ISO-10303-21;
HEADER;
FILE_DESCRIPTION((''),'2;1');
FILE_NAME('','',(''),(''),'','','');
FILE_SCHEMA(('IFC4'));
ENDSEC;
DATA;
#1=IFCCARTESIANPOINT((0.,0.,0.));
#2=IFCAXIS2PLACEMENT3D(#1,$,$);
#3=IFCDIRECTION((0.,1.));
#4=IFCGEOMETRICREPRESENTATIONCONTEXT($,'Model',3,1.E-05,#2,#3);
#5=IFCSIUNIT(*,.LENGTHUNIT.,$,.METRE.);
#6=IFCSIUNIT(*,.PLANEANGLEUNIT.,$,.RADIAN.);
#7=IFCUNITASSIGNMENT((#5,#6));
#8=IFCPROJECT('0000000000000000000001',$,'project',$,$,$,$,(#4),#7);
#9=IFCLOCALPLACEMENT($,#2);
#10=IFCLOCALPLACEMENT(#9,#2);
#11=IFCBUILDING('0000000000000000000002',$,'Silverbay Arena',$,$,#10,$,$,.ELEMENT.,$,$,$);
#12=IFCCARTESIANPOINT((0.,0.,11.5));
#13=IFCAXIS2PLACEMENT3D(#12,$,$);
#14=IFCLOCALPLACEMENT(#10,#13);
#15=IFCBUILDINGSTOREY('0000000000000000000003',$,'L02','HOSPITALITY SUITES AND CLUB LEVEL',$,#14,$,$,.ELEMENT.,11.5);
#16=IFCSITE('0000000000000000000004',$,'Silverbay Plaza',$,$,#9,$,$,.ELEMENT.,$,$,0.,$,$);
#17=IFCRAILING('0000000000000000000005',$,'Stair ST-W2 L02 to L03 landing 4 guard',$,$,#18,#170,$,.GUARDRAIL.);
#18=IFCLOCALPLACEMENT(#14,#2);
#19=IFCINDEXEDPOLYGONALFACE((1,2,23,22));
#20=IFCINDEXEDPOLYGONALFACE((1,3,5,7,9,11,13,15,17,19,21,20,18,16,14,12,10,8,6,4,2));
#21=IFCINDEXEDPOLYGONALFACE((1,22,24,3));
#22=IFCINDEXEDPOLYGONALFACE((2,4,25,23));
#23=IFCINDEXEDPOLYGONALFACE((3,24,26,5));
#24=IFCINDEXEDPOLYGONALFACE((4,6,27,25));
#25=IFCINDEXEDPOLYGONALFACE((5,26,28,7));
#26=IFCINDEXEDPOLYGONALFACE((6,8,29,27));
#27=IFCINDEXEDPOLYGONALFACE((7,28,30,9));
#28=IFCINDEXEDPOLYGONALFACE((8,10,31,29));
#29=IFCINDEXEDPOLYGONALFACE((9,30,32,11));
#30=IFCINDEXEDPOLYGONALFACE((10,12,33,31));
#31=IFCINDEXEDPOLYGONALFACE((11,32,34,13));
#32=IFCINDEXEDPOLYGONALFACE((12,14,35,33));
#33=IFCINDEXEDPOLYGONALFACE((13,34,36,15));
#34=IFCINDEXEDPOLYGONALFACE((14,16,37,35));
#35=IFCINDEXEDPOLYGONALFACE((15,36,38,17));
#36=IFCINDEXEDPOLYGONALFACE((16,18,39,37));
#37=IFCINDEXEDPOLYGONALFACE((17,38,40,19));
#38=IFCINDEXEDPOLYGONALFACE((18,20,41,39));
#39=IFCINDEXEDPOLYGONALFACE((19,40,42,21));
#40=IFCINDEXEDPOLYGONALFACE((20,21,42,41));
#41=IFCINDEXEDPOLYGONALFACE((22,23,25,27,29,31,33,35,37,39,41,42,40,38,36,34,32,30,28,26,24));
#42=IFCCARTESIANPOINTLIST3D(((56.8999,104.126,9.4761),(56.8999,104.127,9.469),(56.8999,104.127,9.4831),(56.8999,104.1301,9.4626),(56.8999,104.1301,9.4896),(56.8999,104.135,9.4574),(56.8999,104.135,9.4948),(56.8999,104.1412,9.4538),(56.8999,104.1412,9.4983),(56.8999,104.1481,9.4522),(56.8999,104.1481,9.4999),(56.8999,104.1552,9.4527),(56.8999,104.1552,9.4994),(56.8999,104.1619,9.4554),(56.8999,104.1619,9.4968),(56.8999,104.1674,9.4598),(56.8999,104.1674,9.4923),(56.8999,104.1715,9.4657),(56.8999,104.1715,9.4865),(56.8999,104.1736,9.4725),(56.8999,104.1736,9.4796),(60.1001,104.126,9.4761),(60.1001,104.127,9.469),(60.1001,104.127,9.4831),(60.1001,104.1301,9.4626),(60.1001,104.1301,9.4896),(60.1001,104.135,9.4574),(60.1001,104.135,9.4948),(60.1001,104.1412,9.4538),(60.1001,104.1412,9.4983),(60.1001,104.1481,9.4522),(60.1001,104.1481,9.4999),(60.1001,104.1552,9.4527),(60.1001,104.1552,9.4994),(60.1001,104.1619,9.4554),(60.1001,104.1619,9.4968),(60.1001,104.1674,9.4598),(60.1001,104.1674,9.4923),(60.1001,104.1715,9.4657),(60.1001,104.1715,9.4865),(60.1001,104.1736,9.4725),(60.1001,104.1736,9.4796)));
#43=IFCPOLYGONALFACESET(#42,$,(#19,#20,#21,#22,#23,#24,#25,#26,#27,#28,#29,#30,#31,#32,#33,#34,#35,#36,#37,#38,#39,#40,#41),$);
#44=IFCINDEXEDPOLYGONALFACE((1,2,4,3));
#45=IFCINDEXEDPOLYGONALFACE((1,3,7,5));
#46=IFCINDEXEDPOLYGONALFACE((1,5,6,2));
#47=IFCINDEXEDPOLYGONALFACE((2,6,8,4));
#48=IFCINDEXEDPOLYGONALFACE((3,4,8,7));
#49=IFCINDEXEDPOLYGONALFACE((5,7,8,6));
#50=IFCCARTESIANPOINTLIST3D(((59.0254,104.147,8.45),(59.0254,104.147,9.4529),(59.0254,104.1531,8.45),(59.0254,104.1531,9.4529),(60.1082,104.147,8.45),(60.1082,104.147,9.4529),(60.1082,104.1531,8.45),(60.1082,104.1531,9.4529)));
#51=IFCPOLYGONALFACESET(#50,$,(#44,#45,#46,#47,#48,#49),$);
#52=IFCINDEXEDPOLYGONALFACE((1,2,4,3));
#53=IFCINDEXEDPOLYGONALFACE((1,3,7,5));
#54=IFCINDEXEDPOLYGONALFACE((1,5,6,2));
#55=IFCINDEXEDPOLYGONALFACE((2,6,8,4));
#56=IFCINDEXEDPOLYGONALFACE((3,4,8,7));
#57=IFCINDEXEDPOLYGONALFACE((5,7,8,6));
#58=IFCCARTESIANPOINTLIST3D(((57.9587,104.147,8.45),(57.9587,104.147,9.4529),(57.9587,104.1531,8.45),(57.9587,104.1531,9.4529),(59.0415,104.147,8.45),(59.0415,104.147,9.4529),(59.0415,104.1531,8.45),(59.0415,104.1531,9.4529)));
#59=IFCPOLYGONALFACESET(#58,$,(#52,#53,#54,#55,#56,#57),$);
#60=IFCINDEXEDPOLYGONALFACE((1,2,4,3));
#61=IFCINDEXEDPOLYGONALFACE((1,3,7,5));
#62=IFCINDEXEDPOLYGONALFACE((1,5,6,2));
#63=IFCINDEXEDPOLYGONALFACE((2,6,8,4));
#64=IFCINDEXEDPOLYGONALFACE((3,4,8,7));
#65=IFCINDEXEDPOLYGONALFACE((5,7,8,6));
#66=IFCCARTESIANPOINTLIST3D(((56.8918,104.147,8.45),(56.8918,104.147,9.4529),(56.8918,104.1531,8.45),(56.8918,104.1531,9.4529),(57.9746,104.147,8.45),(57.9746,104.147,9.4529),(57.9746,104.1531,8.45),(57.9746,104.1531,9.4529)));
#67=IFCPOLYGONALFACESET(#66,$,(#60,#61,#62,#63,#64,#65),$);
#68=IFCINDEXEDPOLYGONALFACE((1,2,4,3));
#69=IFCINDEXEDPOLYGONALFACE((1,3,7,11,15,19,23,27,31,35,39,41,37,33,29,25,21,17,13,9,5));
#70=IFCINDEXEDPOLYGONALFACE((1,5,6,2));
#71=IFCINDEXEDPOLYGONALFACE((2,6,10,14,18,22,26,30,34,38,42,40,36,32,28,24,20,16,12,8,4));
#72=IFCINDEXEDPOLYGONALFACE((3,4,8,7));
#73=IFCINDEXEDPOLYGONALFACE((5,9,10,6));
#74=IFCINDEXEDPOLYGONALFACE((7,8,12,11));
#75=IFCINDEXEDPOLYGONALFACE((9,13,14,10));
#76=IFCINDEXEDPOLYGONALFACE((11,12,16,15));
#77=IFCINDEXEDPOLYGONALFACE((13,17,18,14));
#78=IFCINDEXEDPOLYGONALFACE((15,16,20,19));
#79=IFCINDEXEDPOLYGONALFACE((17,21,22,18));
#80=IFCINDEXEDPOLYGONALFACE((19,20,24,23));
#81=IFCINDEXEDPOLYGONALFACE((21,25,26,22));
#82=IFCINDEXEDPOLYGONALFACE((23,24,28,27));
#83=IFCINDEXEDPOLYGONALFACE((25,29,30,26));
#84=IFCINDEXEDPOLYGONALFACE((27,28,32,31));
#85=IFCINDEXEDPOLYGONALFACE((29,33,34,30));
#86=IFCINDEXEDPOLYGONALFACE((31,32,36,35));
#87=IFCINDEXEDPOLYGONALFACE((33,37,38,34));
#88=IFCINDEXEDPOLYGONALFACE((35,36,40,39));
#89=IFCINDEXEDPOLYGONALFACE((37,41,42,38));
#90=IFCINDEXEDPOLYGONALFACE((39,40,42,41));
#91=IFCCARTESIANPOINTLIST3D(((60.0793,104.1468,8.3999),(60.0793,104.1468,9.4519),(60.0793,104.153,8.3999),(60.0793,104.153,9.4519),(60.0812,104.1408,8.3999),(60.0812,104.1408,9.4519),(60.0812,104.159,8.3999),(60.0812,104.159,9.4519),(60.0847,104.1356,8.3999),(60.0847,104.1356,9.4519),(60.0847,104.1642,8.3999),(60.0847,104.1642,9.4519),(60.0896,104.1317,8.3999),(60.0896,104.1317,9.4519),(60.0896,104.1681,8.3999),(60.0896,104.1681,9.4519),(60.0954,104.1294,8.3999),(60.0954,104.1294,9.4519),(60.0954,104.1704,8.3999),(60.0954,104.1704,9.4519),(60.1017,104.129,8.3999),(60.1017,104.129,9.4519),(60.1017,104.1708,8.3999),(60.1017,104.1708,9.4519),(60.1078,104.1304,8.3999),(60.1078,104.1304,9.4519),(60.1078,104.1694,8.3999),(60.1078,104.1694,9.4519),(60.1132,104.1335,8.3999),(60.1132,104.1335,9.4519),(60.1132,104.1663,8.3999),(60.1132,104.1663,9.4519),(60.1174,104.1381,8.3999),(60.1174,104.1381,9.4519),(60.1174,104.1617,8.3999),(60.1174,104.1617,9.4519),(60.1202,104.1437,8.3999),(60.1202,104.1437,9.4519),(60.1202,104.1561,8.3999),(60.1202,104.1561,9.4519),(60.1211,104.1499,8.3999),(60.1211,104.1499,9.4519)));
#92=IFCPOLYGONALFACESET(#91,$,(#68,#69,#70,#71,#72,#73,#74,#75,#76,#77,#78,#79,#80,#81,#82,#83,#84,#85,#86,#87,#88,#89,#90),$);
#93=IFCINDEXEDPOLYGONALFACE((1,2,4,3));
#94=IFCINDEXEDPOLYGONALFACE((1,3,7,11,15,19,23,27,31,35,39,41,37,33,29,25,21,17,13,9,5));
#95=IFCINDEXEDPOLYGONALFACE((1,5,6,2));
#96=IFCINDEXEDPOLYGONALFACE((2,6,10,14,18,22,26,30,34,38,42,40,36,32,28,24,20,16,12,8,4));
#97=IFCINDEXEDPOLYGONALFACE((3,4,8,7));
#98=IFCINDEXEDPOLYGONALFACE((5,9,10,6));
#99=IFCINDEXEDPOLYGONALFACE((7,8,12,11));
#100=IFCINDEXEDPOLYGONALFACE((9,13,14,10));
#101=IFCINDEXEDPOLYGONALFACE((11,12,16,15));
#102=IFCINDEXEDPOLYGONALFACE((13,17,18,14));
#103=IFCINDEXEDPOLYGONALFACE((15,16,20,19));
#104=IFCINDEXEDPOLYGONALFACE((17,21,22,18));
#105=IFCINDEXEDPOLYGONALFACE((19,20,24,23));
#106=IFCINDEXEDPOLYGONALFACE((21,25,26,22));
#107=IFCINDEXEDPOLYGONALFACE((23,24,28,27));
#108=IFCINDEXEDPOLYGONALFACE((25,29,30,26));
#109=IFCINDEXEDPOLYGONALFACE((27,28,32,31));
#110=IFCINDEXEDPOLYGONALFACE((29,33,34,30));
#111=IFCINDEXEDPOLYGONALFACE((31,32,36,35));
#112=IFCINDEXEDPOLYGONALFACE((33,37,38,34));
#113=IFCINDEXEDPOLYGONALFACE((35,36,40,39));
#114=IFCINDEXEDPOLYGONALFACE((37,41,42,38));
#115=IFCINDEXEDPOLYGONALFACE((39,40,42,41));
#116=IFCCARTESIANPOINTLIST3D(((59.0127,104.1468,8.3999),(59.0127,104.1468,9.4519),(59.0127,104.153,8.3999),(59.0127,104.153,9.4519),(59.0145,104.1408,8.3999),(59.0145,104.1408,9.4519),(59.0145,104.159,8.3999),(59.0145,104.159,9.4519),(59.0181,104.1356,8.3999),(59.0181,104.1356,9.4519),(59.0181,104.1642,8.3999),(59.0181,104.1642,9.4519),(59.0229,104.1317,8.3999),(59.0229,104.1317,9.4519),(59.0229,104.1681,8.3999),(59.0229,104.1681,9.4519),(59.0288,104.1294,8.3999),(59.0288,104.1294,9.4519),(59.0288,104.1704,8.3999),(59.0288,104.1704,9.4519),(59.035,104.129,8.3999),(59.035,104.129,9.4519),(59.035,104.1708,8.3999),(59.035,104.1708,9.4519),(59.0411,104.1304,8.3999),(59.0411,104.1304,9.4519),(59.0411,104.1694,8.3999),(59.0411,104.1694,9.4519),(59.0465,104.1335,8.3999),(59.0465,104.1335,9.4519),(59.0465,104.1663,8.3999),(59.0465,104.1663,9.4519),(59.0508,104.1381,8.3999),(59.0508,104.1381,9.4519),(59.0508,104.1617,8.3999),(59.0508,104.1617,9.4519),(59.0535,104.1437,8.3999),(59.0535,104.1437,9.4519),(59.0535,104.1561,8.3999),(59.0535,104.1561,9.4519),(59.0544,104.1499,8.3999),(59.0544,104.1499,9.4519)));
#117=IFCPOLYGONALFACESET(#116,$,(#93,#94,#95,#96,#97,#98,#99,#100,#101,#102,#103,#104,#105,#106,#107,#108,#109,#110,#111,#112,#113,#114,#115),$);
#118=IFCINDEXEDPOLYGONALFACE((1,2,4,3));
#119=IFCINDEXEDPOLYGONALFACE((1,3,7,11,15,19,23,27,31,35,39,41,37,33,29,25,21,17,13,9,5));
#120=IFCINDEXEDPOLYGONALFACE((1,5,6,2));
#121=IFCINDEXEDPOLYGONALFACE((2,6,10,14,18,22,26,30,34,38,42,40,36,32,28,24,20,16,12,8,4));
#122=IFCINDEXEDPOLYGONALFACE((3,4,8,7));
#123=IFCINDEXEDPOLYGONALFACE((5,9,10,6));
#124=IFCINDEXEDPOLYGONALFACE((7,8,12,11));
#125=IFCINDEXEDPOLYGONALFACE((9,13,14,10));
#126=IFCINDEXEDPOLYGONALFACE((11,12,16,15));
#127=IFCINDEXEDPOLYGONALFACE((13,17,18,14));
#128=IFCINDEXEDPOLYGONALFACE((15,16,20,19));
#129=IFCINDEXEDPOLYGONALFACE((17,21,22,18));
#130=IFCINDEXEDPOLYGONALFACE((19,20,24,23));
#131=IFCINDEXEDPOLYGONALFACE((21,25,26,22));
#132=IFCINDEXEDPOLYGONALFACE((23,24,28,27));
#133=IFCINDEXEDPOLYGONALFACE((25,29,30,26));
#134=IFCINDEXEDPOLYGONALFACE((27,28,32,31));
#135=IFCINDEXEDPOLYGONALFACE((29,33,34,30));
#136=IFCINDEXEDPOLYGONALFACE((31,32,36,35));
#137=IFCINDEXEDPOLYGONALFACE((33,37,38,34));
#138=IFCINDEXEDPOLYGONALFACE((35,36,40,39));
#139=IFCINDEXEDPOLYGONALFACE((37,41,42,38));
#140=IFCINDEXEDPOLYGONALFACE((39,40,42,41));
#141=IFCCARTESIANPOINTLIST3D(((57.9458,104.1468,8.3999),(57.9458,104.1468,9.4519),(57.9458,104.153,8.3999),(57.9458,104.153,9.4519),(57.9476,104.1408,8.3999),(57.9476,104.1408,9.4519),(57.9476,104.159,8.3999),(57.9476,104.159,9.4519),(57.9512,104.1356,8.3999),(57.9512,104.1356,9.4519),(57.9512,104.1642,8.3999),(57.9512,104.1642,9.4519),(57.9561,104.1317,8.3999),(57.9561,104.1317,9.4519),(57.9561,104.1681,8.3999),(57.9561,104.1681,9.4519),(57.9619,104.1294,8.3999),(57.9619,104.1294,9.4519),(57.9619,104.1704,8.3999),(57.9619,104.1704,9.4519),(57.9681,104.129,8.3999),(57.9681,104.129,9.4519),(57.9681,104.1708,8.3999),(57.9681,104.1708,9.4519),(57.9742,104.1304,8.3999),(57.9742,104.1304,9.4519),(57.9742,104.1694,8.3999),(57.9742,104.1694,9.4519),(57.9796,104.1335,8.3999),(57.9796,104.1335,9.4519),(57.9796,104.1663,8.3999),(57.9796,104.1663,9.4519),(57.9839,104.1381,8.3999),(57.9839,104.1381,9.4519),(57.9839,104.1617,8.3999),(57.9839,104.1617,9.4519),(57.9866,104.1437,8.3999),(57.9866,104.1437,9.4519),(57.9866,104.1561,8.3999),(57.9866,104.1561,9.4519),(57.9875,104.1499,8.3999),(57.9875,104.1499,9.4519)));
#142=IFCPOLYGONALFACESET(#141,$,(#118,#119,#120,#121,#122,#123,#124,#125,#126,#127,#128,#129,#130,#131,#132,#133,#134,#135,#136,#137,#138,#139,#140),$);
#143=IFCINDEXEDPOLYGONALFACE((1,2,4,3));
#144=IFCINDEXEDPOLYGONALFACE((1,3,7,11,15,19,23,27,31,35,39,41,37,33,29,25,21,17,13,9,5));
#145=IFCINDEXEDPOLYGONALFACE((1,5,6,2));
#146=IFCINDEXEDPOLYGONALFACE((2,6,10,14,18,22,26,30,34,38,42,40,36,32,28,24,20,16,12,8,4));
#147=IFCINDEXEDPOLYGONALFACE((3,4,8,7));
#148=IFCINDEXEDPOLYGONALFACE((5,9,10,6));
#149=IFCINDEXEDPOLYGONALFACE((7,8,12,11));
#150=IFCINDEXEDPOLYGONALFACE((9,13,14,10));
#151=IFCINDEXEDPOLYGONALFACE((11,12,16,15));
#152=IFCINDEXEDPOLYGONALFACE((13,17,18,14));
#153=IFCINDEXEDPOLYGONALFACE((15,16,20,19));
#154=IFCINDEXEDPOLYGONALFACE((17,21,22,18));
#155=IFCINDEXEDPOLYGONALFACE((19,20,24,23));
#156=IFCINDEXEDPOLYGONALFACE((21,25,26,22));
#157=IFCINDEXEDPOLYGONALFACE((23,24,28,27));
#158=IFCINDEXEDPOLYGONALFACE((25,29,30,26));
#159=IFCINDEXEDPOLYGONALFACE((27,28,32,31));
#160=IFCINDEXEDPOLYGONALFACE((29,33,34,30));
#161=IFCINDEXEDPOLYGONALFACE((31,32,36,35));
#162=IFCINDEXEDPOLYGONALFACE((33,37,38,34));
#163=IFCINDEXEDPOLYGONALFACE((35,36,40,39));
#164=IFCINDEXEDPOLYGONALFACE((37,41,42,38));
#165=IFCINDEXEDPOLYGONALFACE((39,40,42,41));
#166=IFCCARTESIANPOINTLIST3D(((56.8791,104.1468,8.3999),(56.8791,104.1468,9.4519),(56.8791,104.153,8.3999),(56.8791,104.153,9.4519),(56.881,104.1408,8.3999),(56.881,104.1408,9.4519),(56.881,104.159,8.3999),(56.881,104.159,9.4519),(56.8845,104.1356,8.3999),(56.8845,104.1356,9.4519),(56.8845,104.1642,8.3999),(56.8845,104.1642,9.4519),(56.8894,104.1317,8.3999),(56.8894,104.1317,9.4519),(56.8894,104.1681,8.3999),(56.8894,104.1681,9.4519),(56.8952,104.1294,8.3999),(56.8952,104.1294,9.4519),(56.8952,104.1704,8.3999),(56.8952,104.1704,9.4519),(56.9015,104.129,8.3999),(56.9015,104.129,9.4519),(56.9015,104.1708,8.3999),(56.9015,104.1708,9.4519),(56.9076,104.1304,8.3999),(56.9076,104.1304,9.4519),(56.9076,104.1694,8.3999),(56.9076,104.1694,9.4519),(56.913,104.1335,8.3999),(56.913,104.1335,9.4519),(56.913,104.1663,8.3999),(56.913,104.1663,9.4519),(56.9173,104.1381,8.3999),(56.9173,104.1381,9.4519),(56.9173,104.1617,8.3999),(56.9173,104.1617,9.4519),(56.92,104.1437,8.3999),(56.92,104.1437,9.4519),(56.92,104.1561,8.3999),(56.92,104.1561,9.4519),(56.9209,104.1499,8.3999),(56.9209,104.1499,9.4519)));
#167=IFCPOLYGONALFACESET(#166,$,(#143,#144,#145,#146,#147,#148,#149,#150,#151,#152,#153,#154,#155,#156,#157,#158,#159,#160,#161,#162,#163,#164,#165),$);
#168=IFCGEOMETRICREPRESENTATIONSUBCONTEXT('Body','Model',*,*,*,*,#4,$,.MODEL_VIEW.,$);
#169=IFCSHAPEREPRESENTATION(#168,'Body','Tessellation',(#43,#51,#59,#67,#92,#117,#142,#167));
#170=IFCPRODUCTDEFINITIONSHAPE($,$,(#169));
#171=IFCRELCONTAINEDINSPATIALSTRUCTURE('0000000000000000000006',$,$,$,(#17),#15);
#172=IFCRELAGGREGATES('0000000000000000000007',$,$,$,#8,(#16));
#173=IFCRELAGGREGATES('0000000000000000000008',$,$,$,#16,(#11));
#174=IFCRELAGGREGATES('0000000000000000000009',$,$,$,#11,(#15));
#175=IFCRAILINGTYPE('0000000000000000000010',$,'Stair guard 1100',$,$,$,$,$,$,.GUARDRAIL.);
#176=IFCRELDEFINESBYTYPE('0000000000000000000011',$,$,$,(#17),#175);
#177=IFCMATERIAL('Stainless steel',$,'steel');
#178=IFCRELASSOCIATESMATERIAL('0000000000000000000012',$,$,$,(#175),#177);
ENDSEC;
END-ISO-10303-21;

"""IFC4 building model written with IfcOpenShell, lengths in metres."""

from ifc_helpers import new_model, si_unit, direction, frame, origin, origin_2d, place, context, subcontext, project, spatial, polyline, circle, outline, extrude, material, type_object, element, save


model = new_model("IFC4")

# Units and contexts
model_context = context("Model", 3, precision=1e-05, world=origin(), true_north=direction((0.0, 1.0)))
body_context = subcontext(model_context, "Body", "Model", "MODEL_VIEW")
ifc_project = project(units=[si_unit("LENGTHUNIT", "METRE"), si_unit("PLANEANGLEUNIT", "RADIAN")], contexts=[model_context])

# Site, building, storey
site_placement = place(None, origin())
site = spatial("IfcSite", under=ifc_project, at=site_placement, Name="Silverbay Plaza", CompositionType="ELEMENT", RefElevation=0.0)
building_placement = place(site_placement, origin())
building = spatial("IfcBuilding", under=site, at=building_placement, Name="Silverbay Arena", CompositionType="ELEMENT")
storey_placement = place(building_placement, frame((0.0, 0.0, 11.5)))
storey = spatial("IfcBuildingStorey", under=building, at=storey_placement, Name="L02", Description="HOSPITALITY SUITES AND CLUB LEVEL", CompositionType="ELEMENT", Elevation=11.5)

# Railing
ifc_material_1 = material(Name="Stainless steel", Category="steel")
railing_type_1 = type_object("IfcRailingType", Name="Stair guard 1100", PredefinedType="GUARDRAIL", material=ifc_material_1)
for number, where, name in (
    (1, (60.1001, 104.1499, 8.3999), "Stair ST-W2 L02 to L03 landing 4 guard"),
):
    element("IfcRailing", number, at=place(storey_placement, frame(where)), inside=storey, type_object=railing_type_1, Name=name, PredefinedType="GUARDRAIL", context=body_context, shape_type="SweptSolid", body=[
        extrude(circle(Radius=0.0239, at=origin_2d()), frame((0.0, 0.0, 1.0762), z_axis=(-1.0, 0.0, 0.0), x_axis=(0.0, -1.0, 0.0)), (0.0, 0.0, 1.0), 3.2002),
        extrude(outline(polyline([(-0.0081, 0.05), (1.0747, 0.05), (1.0747, 1.053), (-0.0081, 1.053), (-0.0081, 0.05)])), frame((0.0, -0.0029, 0.0), z_axis=(0.0, 1.0, 0.0), x_axis=(-1.0, 0.0, 0.0)), (0.0, 0.0, 1.0), 0.0061),
        extrude(outline(polyline([(-0.0081, 0.05), (1.0747, 0.05), (1.0747, 1.053), (-0.0081, 1.053), (-0.0081, 0.05)])), frame((-1.0667, -0.0029, 0.0), z_axis=(0.0, 1.0, 0.0), x_axis=(-1.0, 0.0, 0.0)), (0.0, 0.0, 1.0), 0.0061),
        extrude(outline(polyline([(-0.0081, 0.05), (1.0747, 0.05), (1.0747, 1.053), (-0.0081, 1.053), (-0.0081, 0.05)])), frame((-2.1335, -0.0029, 0.0), z_axis=(0.0, 1.0, 0.0), x_axis=(-1.0, 0.0, 0.0)), (0.0, 0.0, 1.0), 0.0061),
        extrude(circle(Radius=0.021, at=origin_2d()), origin(), (0.0, 0.0, 1.0), 1.052),
        extrude(circle(Radius=0.021, at=origin_2d()), frame((-1.0667, 0.0, 0.0)), (0.0, 0.0, 1.0), 1.052),
        extrude(circle(Radius=0.021, at=origin_2d()), frame((-2.1335, 0.0, 0.0)), (0.0, 0.0, 1.0), 1.052),
        extrude(circle(Radius=0.021, at=origin_2d()), frame((-3.2002, 0.0, 0.0)), (0.0, 0.0, 1.0), 1.052),
    ])

save(model, "model.ifc")
